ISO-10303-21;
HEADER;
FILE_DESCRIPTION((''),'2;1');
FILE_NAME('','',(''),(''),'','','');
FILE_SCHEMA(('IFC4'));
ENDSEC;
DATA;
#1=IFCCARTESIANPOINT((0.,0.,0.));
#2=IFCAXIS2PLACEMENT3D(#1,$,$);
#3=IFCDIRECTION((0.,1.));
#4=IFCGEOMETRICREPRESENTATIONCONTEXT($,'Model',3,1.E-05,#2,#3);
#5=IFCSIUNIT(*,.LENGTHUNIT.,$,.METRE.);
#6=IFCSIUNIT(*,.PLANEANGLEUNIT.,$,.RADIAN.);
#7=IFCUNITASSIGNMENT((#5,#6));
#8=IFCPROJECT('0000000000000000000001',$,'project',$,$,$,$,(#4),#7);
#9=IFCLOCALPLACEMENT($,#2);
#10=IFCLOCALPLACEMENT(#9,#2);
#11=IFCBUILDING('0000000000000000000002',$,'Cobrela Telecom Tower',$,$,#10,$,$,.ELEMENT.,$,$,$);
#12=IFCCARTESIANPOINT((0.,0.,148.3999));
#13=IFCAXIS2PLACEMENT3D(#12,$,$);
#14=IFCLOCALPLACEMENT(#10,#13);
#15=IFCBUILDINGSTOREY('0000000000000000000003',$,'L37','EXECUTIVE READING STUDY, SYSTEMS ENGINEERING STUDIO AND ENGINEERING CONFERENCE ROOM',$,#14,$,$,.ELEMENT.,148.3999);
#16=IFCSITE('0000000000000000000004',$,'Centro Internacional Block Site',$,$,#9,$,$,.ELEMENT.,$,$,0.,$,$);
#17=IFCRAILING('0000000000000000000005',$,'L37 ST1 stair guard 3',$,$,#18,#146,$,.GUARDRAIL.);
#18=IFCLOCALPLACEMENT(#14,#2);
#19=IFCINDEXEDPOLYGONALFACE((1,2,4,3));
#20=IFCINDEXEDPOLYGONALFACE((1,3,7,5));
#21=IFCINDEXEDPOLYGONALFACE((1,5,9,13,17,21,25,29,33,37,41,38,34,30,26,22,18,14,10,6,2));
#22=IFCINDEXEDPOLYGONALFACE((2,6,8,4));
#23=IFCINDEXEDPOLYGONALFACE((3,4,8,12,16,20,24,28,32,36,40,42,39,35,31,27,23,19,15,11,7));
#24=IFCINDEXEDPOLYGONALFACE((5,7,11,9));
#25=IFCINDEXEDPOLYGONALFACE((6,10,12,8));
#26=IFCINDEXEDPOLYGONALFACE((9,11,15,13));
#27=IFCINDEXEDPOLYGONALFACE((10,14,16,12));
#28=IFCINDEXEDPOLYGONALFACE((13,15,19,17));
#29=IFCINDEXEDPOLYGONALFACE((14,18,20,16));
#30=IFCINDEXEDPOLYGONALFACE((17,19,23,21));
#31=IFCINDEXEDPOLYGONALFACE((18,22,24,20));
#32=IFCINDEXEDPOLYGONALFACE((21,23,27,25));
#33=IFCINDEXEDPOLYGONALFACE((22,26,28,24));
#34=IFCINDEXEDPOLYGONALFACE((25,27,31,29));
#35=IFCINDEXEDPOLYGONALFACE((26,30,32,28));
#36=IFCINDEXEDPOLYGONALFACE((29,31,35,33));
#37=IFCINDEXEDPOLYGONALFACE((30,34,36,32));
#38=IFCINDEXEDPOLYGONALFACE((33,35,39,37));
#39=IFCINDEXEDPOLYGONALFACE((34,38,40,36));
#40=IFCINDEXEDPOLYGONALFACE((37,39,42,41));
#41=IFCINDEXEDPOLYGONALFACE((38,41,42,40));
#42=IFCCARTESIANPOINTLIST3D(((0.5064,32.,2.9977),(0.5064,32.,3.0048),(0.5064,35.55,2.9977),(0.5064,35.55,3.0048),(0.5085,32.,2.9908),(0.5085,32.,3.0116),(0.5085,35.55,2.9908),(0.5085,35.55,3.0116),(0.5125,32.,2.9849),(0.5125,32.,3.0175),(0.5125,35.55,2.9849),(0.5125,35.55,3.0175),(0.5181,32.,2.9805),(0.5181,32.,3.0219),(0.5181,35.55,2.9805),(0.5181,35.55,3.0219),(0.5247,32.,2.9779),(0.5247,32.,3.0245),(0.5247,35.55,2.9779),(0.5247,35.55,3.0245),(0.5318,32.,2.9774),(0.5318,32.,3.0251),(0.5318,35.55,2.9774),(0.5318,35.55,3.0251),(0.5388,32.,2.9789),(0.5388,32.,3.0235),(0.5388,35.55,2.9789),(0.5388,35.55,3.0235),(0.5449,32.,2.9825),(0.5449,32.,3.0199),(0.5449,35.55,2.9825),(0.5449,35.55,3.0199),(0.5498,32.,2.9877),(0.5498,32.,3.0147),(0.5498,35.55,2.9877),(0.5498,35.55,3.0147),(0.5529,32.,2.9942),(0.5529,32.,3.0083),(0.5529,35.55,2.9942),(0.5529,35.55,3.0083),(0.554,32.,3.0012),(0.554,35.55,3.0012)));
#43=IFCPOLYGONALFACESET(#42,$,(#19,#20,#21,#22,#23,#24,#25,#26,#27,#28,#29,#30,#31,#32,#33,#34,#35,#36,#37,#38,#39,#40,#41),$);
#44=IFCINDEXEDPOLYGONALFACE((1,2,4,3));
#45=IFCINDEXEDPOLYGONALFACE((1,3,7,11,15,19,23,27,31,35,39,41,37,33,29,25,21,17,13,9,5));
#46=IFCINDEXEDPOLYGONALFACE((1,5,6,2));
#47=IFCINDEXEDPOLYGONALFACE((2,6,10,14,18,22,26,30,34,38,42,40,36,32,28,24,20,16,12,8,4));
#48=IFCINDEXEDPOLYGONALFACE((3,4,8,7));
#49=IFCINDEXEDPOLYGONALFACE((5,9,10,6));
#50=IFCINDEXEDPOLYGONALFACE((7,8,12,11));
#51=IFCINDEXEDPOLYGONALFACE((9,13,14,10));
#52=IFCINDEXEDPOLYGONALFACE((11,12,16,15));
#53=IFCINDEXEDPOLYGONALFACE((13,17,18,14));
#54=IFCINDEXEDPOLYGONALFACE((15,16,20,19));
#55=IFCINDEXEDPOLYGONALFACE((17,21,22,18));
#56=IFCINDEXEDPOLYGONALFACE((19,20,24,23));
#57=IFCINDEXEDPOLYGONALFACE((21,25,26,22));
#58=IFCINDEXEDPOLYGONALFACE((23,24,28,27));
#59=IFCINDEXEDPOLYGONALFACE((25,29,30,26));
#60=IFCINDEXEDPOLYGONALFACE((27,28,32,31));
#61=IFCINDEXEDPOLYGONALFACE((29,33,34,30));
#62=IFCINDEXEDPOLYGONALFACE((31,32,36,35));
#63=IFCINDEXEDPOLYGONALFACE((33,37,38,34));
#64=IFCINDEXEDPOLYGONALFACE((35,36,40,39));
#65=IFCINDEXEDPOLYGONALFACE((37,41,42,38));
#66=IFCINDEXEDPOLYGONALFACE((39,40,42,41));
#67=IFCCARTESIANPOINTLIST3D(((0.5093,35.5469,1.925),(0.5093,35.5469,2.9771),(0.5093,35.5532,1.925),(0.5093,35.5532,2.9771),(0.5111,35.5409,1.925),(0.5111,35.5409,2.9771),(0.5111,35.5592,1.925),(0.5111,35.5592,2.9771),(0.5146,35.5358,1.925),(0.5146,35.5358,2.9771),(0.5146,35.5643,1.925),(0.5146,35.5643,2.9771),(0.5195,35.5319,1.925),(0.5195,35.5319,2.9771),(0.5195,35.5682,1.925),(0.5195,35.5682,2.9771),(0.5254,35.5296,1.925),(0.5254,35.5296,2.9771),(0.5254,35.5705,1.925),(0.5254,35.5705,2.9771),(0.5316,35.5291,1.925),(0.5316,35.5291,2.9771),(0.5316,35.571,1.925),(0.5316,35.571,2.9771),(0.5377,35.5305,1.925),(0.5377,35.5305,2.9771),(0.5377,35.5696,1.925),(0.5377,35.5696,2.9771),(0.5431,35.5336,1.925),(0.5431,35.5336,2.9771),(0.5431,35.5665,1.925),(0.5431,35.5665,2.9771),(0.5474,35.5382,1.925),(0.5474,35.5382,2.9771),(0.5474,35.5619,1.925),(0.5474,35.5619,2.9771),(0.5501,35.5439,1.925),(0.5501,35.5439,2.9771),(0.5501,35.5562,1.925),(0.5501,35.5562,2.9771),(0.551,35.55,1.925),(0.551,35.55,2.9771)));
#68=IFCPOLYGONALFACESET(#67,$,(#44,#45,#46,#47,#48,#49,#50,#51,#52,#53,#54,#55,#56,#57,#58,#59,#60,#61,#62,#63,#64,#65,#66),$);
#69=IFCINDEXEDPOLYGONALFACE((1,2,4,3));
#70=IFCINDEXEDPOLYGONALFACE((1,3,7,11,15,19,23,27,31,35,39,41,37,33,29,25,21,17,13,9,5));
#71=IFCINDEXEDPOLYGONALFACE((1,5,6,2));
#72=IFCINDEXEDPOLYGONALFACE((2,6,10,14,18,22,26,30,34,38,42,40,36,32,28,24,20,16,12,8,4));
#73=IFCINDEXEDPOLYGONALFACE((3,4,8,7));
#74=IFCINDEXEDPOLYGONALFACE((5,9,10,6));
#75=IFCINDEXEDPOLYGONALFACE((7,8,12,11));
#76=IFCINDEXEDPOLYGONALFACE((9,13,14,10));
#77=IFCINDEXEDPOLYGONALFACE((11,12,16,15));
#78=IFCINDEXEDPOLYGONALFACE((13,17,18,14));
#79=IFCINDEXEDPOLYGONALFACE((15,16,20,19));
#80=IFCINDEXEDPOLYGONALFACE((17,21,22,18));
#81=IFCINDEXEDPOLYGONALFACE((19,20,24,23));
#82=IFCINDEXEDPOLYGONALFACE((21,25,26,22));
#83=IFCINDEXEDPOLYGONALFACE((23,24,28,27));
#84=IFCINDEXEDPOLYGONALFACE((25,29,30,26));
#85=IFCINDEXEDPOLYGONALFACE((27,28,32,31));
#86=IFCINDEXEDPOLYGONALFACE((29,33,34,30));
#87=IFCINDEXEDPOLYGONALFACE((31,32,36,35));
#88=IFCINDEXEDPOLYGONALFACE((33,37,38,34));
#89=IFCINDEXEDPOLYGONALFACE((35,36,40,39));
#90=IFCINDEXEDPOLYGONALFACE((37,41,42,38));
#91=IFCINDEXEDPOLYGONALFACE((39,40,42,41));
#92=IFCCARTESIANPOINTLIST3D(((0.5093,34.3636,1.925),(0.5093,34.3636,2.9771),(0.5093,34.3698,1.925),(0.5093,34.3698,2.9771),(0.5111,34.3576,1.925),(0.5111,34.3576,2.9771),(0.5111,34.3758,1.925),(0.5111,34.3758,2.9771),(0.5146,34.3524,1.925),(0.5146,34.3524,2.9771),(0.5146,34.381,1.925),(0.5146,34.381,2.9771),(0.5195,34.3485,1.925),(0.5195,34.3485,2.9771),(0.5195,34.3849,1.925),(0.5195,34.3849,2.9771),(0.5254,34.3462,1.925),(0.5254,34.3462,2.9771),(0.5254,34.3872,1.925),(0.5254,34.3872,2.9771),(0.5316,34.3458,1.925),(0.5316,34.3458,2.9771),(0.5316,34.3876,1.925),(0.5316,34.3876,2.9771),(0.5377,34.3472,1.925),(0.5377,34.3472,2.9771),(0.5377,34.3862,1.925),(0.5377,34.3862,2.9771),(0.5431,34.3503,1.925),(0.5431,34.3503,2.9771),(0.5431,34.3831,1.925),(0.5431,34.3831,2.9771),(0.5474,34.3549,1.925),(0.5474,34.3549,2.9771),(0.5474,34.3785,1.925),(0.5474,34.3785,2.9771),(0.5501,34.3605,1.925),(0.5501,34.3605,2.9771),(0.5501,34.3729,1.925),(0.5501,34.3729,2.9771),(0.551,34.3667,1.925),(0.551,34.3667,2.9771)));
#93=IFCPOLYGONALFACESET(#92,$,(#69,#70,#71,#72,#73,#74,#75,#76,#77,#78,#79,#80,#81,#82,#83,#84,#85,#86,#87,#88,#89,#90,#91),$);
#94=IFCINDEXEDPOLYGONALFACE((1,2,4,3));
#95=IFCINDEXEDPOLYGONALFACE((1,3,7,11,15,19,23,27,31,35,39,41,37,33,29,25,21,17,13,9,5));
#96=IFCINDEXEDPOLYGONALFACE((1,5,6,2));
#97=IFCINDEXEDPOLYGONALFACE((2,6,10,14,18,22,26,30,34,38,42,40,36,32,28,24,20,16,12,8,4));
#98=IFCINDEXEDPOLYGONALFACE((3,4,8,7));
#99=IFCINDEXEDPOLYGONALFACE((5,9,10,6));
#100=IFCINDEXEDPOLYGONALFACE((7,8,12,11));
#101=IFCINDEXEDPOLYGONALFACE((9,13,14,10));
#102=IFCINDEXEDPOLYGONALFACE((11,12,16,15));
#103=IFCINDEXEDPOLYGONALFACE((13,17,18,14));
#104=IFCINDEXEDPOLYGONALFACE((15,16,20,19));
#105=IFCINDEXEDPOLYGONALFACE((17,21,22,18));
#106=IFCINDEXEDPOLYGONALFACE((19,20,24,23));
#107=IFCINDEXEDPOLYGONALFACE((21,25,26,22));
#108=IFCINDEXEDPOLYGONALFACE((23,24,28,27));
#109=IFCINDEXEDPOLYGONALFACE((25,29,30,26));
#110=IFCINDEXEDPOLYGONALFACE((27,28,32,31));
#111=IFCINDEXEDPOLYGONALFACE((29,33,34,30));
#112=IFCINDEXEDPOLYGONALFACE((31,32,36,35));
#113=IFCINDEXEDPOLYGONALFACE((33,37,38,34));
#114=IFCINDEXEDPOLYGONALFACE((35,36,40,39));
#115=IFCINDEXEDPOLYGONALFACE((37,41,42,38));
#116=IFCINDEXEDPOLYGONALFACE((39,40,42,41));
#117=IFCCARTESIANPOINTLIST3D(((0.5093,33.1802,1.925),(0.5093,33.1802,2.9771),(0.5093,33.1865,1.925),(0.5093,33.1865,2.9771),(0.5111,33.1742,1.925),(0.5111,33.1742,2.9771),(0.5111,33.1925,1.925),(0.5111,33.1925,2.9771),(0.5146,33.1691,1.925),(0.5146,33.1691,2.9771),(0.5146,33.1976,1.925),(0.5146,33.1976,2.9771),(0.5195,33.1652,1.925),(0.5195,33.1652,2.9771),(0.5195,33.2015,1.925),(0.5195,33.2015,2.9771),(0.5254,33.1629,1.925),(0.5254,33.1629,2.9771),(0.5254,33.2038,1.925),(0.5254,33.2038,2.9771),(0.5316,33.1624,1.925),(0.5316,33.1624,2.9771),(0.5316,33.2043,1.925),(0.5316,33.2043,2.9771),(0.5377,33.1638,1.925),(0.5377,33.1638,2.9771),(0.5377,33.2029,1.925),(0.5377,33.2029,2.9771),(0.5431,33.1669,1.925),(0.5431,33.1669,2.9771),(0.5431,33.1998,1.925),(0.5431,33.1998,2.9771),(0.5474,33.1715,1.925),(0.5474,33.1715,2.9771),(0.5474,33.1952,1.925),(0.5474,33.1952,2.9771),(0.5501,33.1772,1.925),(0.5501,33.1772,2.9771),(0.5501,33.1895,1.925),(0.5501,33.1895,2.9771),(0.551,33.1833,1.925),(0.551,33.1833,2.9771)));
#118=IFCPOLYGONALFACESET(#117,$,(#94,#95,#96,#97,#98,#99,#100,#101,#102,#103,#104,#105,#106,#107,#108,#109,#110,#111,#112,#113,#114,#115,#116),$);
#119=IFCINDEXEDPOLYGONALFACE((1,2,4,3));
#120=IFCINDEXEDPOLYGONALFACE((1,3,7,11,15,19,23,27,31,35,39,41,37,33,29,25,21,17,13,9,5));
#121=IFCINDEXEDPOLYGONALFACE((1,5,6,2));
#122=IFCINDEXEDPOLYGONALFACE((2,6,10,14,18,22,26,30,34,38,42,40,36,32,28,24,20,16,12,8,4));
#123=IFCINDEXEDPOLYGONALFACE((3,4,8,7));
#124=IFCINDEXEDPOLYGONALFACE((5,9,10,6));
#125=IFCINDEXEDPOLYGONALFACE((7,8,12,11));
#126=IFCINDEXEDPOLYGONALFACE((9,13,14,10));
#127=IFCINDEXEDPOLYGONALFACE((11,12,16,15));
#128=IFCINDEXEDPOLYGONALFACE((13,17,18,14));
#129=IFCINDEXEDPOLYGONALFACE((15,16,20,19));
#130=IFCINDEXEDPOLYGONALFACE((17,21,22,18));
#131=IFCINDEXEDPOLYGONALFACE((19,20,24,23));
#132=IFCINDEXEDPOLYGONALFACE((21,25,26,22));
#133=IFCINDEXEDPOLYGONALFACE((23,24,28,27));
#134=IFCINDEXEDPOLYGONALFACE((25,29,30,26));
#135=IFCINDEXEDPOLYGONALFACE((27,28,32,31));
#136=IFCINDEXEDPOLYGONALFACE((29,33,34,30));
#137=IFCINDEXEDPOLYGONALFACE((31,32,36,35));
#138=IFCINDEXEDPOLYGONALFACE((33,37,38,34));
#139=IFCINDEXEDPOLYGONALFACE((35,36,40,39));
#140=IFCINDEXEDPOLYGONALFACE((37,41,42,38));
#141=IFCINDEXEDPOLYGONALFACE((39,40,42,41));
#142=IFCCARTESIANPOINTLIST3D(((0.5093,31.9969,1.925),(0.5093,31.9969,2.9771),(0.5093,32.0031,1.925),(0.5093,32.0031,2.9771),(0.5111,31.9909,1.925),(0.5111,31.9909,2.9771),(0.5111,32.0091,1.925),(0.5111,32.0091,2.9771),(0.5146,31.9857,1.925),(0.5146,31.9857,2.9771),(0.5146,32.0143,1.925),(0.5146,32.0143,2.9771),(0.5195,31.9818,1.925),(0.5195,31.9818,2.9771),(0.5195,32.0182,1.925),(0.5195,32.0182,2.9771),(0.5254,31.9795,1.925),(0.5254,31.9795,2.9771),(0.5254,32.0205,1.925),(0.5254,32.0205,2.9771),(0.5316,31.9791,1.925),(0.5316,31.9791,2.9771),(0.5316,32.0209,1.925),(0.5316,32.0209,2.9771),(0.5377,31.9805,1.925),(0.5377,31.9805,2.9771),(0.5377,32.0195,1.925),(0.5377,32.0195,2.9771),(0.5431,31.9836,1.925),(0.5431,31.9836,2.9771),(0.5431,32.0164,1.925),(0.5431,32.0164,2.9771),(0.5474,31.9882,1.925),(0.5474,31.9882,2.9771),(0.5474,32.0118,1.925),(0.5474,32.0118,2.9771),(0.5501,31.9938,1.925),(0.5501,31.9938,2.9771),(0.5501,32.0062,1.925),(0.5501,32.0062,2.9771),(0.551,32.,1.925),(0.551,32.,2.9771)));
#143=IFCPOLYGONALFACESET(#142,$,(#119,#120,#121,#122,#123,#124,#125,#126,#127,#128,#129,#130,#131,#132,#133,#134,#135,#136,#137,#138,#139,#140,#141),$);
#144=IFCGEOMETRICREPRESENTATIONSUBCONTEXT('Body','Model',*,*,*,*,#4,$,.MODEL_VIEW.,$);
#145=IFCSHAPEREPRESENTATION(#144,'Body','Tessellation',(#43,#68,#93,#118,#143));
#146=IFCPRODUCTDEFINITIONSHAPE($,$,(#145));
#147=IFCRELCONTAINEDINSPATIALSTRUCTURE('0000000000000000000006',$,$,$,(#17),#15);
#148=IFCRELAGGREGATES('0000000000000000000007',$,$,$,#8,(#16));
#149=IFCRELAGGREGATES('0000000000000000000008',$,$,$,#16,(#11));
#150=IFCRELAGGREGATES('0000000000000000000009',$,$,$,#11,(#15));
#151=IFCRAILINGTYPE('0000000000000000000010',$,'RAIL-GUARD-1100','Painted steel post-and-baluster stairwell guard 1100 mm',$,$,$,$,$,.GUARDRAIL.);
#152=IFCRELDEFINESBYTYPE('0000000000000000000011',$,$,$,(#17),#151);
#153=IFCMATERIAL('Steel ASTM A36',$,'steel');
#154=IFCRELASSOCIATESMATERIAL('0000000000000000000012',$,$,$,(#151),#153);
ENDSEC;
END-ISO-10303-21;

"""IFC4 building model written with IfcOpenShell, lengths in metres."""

from ifc_helpers import new_model, si_unit, direction, frame, origin, origin_2d, place, context, subcontext, project, spatial, circle, extrude, material, type_object, element, save


model = new_model("IFC4")

# Units and contexts
model_context = context("Model", 3, precision=1e-05, world=origin(), true_north=direction((0.0, 1.0)))
body_context = subcontext(model_context, "Body", "Model", "MODEL_VIEW")
ifc_project = project(units=[si_unit("LENGTHUNIT", "METRE"), si_unit("PLANEANGLEUNIT", "RADIAN")], contexts=[model_context])

# Site, building, storey
site_placement = place(None, origin())
site = spatial("IfcSite", under=ifc_project, at=site_placement, Name="Centro Internacional Block Site", CompositionType="ELEMENT", RefElevation=0.0)
building_placement = place(site_placement, origin())
building = spatial("IfcBuilding", under=site, at=building_placement, Name="Cobrela Telecom Tower", CompositionType="ELEMENT")
storey_placement = place(building_placement, frame((0.0, 0.0, 148.3999)))
storey = spatial("IfcBuildingStorey", under=building, at=storey_placement, Name="L37", Description="EXECUTIVE READING STUDY, SYSTEMS ENGINEERING STUDIO AND ENGINEERING CONFERENCE ROOM", CompositionType="ELEMENT", Elevation=148.3999)

# Shared definitions
ifc_material_1 = material(Name="Steel ASTM A36", Category="steel")

# Railing
railing_type_1 = type_object("IfcRailingType", Name="RAIL-GUARD-1100", Description="Painted steel post-and-baluster stairwell guard 1100 mm", PredefinedType="GUARDRAIL", material=ifc_material_1)
railing_1_placement = place(storey_placement, frame((0.53, 35.55, 1.925)))
element("IfcRailing", 1, at=railing_1_placement, inside=storey, type_object=railing_type_1, Name="L37 ST1 stair guard 3", PredefinedType="GUARDRAIL", context=body_context, shape_type="SweptSolid", body=[
    extrude(circle(Radius=0.0239, at=origin_2d()), frame((0.0, 0.0, 1.0762), z_axis=(0.0, -1.0, 0.0), x_axis=(1.0, 0.0, 0.0)), (0.0, 0.0, 1.0), 3.55),
    extrude(circle(Radius=0.021, at=origin_2d()), origin(), (0.0, 0.0, 1.0), 1.052),
    extrude(circle(Radius=0.021, at=origin_2d()), frame((0.0, -1.1833, 0.0)), (0.0, 0.0, 1.0), 1.052),
    extrude(circle(Radius=0.021, at=origin_2d()), frame((0.0, -2.3667, 0.0)), (0.0, 0.0, 1.0), 1.052),
    extrude(circle(Radius=0.021, at=origin_2d()), frame((0.0, -3.55, 0.0)), (0.0, 0.0, 1.0), 1.052),
])

save(model, "model.ifc")
